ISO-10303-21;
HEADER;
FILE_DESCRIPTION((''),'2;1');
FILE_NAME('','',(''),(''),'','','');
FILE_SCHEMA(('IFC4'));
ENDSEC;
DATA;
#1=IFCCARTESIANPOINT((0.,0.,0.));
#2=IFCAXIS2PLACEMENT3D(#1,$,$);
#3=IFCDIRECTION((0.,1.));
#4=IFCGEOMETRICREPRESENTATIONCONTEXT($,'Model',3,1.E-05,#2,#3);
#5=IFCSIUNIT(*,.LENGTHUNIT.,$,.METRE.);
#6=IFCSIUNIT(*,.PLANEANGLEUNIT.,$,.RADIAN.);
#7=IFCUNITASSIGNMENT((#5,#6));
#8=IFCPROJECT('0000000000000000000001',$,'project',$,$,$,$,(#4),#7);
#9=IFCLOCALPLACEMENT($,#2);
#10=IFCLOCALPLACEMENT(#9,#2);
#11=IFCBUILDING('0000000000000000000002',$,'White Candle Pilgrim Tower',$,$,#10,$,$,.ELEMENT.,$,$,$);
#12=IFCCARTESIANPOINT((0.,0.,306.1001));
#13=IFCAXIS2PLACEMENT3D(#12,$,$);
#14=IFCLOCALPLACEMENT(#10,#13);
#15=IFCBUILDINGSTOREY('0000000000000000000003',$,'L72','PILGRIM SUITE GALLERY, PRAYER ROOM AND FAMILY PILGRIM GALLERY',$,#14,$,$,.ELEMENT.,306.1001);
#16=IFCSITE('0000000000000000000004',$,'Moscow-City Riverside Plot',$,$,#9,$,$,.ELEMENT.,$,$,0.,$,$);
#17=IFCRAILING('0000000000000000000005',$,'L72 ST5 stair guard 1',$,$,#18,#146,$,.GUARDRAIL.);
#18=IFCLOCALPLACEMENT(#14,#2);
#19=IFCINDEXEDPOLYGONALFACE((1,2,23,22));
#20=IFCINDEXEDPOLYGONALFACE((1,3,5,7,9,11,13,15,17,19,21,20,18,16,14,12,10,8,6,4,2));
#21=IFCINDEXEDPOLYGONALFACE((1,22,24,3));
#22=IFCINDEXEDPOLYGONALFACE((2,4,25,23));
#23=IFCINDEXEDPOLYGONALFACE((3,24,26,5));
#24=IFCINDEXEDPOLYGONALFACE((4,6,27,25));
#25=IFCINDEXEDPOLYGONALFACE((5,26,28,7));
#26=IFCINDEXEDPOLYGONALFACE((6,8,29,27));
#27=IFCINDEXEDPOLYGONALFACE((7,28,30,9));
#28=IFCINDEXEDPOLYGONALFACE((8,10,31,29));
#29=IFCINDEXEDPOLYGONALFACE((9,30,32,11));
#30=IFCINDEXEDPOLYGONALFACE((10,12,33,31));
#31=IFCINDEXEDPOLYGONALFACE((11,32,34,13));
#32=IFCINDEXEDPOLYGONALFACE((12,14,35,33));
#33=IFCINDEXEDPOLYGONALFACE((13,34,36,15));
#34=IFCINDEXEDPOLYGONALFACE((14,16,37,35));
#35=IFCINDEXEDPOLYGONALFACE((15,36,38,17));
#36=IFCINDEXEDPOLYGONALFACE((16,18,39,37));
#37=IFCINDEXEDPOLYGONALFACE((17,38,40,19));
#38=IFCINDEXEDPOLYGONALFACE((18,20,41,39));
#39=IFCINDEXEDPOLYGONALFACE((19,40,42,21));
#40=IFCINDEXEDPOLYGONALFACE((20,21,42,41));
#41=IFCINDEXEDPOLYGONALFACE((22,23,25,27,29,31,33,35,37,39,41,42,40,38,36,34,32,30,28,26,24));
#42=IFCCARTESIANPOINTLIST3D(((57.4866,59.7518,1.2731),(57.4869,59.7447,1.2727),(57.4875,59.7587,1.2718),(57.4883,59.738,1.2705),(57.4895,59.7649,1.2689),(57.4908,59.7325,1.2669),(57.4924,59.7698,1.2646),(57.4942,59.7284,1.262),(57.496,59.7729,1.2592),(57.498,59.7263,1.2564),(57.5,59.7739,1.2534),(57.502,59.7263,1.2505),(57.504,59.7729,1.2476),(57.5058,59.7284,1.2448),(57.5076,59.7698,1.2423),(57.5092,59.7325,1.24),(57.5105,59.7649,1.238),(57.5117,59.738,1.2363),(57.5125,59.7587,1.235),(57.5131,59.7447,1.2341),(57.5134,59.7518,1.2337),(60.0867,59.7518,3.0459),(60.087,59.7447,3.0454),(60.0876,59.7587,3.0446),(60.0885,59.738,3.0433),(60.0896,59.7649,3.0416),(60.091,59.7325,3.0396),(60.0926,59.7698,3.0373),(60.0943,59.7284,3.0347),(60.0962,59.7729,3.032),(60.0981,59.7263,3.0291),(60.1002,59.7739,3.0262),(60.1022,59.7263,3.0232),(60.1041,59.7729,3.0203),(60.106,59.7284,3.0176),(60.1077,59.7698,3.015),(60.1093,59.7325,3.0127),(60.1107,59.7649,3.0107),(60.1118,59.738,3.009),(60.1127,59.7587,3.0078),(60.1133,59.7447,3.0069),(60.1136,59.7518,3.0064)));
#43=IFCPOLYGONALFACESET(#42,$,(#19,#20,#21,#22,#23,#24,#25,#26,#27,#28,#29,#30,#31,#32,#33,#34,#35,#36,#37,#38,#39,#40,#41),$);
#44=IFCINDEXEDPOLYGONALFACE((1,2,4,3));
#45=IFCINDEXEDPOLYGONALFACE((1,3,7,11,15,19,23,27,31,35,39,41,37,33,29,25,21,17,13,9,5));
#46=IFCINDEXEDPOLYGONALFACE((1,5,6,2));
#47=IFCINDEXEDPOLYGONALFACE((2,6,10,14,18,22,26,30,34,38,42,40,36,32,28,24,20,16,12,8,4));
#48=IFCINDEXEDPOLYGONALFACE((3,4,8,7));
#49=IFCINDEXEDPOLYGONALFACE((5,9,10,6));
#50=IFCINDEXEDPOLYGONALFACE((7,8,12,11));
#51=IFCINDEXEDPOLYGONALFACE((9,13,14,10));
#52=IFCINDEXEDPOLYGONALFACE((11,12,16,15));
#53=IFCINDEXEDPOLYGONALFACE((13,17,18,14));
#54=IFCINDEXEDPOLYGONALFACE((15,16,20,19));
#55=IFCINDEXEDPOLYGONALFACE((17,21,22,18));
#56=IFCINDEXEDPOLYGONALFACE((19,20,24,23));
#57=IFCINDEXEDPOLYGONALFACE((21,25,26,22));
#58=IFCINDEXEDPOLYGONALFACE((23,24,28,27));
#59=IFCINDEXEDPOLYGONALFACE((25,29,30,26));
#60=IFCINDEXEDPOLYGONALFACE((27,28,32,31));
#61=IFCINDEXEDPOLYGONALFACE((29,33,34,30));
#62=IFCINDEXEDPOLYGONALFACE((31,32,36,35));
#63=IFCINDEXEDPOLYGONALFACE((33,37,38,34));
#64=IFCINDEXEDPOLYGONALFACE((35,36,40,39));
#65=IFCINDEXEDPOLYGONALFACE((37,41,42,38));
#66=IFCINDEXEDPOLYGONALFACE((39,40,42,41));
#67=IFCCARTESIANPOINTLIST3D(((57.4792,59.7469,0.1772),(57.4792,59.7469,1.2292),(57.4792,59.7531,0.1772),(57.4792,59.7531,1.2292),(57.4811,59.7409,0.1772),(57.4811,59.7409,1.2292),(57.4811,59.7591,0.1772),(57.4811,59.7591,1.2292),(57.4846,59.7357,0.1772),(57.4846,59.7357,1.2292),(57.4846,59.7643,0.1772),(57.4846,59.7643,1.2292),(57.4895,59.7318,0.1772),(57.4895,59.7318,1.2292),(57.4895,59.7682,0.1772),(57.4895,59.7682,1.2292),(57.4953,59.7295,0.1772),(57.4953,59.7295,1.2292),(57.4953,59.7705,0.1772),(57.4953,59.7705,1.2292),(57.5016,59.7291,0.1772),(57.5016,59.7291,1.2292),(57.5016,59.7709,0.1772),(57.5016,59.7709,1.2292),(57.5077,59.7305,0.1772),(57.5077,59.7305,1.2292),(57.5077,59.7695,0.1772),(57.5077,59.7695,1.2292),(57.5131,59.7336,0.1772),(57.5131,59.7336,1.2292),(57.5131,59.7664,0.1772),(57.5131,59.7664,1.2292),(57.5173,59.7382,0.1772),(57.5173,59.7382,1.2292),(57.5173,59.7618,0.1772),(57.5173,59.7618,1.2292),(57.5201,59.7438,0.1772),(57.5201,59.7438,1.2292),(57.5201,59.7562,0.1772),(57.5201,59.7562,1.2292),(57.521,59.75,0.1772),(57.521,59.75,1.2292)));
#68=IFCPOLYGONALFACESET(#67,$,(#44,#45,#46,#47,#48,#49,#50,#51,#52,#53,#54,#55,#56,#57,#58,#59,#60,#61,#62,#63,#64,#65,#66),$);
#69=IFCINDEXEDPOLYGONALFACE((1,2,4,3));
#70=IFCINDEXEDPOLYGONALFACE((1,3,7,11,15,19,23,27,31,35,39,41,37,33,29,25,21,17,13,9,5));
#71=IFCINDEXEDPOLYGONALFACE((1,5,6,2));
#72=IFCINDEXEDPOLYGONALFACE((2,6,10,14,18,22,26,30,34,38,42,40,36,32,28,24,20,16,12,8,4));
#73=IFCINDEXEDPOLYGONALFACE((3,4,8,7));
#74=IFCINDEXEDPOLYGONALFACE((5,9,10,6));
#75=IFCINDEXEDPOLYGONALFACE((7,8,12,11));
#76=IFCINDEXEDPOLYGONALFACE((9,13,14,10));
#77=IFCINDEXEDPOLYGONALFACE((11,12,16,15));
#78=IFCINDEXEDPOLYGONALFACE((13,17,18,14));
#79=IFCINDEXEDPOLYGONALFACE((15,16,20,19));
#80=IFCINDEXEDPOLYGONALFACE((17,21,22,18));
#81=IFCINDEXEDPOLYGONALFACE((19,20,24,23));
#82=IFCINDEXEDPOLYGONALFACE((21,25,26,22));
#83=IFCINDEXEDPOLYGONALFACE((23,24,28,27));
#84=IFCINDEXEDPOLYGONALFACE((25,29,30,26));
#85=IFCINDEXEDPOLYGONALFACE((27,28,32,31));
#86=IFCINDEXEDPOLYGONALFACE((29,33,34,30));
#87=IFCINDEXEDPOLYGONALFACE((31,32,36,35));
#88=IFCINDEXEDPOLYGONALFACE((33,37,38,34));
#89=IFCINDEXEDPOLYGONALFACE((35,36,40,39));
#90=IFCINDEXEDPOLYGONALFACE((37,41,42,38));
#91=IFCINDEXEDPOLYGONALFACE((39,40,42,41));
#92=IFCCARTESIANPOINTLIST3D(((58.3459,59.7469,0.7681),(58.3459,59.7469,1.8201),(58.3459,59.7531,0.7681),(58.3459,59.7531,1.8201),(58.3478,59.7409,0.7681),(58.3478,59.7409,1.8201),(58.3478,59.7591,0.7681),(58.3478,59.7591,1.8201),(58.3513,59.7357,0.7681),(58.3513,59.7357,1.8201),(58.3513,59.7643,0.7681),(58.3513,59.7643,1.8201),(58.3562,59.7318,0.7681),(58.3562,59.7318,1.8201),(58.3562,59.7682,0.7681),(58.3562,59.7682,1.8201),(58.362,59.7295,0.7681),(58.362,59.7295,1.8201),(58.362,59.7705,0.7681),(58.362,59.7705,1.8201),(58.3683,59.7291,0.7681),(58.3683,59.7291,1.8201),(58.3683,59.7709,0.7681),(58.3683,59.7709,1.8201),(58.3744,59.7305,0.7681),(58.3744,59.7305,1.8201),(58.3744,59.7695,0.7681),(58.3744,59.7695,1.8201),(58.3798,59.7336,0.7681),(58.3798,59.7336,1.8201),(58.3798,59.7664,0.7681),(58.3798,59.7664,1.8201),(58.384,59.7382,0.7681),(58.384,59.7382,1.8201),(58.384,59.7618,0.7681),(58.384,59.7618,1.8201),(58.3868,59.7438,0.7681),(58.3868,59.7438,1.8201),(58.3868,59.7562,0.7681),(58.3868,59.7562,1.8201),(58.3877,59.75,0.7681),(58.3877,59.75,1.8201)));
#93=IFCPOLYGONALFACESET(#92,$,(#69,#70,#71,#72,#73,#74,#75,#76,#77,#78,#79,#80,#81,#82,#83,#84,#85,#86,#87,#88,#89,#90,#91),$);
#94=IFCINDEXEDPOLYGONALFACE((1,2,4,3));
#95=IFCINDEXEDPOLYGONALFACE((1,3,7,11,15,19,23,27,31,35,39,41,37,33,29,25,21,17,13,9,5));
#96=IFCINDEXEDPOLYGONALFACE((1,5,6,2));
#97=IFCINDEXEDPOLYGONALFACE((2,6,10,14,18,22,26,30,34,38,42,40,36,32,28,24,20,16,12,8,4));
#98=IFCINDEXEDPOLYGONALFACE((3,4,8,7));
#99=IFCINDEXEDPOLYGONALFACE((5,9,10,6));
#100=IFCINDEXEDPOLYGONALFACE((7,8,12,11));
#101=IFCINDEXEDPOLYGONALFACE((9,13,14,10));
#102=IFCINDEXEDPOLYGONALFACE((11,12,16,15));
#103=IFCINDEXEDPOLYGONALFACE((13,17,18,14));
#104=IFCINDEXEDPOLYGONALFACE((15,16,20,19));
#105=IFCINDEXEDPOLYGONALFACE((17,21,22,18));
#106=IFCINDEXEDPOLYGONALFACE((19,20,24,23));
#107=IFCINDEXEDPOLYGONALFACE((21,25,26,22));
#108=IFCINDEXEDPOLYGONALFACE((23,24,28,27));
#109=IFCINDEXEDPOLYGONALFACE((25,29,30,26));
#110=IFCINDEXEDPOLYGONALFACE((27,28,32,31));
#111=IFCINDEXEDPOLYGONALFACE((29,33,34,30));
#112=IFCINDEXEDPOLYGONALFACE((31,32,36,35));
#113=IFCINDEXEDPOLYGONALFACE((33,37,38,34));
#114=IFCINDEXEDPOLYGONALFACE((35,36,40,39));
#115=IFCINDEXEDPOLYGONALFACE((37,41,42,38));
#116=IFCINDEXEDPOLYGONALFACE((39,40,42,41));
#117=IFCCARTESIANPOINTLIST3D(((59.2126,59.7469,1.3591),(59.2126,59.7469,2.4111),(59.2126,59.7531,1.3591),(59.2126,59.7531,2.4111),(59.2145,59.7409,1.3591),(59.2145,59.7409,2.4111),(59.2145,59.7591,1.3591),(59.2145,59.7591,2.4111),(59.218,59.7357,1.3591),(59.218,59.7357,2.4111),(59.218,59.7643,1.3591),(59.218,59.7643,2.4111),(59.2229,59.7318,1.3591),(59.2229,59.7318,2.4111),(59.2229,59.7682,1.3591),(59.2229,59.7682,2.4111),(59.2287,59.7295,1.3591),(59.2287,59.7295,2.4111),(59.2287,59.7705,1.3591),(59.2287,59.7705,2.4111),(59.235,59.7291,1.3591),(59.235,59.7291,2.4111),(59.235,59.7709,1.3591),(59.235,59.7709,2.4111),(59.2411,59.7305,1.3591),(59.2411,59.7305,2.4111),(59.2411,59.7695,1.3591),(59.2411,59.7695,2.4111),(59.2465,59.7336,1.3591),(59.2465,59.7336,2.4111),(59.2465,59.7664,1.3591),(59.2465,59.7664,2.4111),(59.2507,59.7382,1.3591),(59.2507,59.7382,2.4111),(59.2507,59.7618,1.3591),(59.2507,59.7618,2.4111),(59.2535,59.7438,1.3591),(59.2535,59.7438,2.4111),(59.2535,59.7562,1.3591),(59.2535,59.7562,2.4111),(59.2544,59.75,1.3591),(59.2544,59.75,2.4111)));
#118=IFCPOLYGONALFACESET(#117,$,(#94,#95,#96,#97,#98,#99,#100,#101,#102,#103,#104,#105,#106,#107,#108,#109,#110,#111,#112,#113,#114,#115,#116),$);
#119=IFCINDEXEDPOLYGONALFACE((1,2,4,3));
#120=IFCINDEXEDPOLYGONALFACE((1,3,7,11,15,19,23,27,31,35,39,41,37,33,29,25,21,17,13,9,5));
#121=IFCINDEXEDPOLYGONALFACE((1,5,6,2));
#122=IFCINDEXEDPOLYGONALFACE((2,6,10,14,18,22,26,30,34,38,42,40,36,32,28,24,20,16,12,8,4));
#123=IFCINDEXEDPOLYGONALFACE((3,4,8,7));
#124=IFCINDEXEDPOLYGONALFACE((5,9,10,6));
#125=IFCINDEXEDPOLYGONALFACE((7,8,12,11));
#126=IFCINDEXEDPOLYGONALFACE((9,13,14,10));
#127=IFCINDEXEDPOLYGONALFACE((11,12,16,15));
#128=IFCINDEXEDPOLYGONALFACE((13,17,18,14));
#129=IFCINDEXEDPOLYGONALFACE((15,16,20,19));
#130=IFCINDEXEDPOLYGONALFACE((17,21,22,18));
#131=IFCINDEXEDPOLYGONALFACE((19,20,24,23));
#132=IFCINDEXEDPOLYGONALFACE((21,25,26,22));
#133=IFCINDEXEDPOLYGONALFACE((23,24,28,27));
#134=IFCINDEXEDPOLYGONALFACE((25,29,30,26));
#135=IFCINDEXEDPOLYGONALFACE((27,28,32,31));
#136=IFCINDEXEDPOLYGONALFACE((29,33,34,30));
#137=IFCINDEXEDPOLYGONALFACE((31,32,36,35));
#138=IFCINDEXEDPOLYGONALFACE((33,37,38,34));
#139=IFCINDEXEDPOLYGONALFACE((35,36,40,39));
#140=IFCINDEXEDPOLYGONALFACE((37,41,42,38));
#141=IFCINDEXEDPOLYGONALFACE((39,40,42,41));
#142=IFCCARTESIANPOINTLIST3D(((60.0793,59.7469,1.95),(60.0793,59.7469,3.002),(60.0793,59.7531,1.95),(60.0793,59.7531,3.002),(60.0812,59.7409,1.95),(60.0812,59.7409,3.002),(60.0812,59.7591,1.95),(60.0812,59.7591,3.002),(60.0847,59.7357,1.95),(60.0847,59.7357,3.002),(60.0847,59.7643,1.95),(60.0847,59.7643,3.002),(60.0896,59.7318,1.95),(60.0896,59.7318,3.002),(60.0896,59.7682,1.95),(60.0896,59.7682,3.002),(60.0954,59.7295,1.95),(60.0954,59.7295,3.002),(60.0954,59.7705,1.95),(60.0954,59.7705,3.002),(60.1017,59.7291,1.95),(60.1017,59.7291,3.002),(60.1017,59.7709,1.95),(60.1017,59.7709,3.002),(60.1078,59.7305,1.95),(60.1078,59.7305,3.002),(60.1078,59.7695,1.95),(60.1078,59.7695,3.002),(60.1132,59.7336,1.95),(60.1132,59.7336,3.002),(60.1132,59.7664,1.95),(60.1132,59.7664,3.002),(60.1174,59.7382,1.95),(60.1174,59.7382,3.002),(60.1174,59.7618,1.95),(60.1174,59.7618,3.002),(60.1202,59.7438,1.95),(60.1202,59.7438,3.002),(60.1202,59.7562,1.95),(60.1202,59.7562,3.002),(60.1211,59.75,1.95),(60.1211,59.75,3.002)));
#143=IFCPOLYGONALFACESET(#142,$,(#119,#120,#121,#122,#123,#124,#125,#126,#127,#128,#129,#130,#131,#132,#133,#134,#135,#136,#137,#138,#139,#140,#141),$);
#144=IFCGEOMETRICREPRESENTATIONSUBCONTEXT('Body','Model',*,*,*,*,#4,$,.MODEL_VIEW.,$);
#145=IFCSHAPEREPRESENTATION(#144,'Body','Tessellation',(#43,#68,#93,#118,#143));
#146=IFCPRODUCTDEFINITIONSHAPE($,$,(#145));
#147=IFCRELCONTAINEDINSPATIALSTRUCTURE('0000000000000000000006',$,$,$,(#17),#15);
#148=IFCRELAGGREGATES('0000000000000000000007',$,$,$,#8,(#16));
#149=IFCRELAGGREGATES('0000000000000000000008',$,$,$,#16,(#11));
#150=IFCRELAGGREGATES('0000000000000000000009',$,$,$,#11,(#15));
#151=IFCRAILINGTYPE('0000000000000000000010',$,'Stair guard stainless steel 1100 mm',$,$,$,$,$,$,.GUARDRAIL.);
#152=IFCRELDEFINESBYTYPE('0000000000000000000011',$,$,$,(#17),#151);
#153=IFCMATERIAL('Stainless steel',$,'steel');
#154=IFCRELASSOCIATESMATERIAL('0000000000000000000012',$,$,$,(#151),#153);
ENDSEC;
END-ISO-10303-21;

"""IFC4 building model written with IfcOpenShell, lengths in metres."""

from ifc_helpers import new_model, si_unit, direction, frame, origin, origin_2d, place, context, subcontext, project, spatial, circle, extrude, material, type_object, element, save


model = new_model("IFC4")

# Units and contexts
model_context = context("Model", 3, precision=1e-05, world=origin(), true_north=direction((0.0, 1.0)))
body_context = subcontext(model_context, "Body", "Model", "MODEL_VIEW")
ifc_project = project(units=[si_unit("LENGTHUNIT", "METRE"), si_unit("PLANEANGLEUNIT", "RADIAN")], contexts=[model_context])

# Site, building, storey
site_placement = place(None, origin())
site = spatial("IfcSite", under=ifc_project, at=site_placement, Name="Moscow-City Riverside Plot", CompositionType="ELEMENT", RefElevation=0.0)
building_placement = place(site_placement, origin())
building = spatial("IfcBuilding", under=site, at=building_placement, Name="White Candle Pilgrim Tower", CompositionType="ELEMENT")
storey_placement = place(building_placement, frame((0.0, 0.0, 306.1001)))
storey = spatial("IfcBuildingStorey", under=building, at=storey_placement, Name="L72", Description="PILGRIM SUITE GALLERY, PRAYER ROOM AND FAMILY PILGRIM GALLERY", CompositionType="ELEMENT", Elevation=306.1001)

# Railing
ifc_material_1 = material(Name="Stainless steel", Category="steel")
railing_type_1 = type_object("IfcRailingType", Name="Stair guard stainless steel 1100 mm", PredefinedType="GUARDRAIL", material=ifc_material_1)
railing_1_placement = place(storey_placement, frame((57.5, 59.75, 0.1772)))
element("IfcRailing", 1, at=railing_1_placement, inside=storey, type_object=railing_type_1, Name="L72 ST5 stair guard 1", PredefinedType="GUARDRAIL", context=body_context, shape_type="SweptSolid", body=[
    extrude(circle(Radius=0.0239, at=origin_2d()), frame((0.0, 0.0, 1.0762), z_axis=(0.82624, 0.0, 0.563318), x_axis=(0.0, 1.0, 0.0)), (0.0, 0.0, 1.0), 3.147),
    extrude(circle(Radius=0.021, at=origin_2d()), origin(), (0.0, 0.0, 1.0), 1.052),
    extrude(circle(Radius=0.021, at=origin_2d()), frame((0.8667, 0.0, 0.5908)), (0.0, 0.0, 1.0), 1.052),
    extrude(circle(Radius=0.021, at=origin_2d()), frame((1.7334, 0.0, 1.1819)), (0.0, 0.0, 1.0), 1.052),
    extrude(circle(Radius=0.021, at=origin_2d()), frame((2.6001, 0.0, 1.7727)), (0.0, 0.0, 1.0), 1.052),
])

save(model, "model.ifc")
